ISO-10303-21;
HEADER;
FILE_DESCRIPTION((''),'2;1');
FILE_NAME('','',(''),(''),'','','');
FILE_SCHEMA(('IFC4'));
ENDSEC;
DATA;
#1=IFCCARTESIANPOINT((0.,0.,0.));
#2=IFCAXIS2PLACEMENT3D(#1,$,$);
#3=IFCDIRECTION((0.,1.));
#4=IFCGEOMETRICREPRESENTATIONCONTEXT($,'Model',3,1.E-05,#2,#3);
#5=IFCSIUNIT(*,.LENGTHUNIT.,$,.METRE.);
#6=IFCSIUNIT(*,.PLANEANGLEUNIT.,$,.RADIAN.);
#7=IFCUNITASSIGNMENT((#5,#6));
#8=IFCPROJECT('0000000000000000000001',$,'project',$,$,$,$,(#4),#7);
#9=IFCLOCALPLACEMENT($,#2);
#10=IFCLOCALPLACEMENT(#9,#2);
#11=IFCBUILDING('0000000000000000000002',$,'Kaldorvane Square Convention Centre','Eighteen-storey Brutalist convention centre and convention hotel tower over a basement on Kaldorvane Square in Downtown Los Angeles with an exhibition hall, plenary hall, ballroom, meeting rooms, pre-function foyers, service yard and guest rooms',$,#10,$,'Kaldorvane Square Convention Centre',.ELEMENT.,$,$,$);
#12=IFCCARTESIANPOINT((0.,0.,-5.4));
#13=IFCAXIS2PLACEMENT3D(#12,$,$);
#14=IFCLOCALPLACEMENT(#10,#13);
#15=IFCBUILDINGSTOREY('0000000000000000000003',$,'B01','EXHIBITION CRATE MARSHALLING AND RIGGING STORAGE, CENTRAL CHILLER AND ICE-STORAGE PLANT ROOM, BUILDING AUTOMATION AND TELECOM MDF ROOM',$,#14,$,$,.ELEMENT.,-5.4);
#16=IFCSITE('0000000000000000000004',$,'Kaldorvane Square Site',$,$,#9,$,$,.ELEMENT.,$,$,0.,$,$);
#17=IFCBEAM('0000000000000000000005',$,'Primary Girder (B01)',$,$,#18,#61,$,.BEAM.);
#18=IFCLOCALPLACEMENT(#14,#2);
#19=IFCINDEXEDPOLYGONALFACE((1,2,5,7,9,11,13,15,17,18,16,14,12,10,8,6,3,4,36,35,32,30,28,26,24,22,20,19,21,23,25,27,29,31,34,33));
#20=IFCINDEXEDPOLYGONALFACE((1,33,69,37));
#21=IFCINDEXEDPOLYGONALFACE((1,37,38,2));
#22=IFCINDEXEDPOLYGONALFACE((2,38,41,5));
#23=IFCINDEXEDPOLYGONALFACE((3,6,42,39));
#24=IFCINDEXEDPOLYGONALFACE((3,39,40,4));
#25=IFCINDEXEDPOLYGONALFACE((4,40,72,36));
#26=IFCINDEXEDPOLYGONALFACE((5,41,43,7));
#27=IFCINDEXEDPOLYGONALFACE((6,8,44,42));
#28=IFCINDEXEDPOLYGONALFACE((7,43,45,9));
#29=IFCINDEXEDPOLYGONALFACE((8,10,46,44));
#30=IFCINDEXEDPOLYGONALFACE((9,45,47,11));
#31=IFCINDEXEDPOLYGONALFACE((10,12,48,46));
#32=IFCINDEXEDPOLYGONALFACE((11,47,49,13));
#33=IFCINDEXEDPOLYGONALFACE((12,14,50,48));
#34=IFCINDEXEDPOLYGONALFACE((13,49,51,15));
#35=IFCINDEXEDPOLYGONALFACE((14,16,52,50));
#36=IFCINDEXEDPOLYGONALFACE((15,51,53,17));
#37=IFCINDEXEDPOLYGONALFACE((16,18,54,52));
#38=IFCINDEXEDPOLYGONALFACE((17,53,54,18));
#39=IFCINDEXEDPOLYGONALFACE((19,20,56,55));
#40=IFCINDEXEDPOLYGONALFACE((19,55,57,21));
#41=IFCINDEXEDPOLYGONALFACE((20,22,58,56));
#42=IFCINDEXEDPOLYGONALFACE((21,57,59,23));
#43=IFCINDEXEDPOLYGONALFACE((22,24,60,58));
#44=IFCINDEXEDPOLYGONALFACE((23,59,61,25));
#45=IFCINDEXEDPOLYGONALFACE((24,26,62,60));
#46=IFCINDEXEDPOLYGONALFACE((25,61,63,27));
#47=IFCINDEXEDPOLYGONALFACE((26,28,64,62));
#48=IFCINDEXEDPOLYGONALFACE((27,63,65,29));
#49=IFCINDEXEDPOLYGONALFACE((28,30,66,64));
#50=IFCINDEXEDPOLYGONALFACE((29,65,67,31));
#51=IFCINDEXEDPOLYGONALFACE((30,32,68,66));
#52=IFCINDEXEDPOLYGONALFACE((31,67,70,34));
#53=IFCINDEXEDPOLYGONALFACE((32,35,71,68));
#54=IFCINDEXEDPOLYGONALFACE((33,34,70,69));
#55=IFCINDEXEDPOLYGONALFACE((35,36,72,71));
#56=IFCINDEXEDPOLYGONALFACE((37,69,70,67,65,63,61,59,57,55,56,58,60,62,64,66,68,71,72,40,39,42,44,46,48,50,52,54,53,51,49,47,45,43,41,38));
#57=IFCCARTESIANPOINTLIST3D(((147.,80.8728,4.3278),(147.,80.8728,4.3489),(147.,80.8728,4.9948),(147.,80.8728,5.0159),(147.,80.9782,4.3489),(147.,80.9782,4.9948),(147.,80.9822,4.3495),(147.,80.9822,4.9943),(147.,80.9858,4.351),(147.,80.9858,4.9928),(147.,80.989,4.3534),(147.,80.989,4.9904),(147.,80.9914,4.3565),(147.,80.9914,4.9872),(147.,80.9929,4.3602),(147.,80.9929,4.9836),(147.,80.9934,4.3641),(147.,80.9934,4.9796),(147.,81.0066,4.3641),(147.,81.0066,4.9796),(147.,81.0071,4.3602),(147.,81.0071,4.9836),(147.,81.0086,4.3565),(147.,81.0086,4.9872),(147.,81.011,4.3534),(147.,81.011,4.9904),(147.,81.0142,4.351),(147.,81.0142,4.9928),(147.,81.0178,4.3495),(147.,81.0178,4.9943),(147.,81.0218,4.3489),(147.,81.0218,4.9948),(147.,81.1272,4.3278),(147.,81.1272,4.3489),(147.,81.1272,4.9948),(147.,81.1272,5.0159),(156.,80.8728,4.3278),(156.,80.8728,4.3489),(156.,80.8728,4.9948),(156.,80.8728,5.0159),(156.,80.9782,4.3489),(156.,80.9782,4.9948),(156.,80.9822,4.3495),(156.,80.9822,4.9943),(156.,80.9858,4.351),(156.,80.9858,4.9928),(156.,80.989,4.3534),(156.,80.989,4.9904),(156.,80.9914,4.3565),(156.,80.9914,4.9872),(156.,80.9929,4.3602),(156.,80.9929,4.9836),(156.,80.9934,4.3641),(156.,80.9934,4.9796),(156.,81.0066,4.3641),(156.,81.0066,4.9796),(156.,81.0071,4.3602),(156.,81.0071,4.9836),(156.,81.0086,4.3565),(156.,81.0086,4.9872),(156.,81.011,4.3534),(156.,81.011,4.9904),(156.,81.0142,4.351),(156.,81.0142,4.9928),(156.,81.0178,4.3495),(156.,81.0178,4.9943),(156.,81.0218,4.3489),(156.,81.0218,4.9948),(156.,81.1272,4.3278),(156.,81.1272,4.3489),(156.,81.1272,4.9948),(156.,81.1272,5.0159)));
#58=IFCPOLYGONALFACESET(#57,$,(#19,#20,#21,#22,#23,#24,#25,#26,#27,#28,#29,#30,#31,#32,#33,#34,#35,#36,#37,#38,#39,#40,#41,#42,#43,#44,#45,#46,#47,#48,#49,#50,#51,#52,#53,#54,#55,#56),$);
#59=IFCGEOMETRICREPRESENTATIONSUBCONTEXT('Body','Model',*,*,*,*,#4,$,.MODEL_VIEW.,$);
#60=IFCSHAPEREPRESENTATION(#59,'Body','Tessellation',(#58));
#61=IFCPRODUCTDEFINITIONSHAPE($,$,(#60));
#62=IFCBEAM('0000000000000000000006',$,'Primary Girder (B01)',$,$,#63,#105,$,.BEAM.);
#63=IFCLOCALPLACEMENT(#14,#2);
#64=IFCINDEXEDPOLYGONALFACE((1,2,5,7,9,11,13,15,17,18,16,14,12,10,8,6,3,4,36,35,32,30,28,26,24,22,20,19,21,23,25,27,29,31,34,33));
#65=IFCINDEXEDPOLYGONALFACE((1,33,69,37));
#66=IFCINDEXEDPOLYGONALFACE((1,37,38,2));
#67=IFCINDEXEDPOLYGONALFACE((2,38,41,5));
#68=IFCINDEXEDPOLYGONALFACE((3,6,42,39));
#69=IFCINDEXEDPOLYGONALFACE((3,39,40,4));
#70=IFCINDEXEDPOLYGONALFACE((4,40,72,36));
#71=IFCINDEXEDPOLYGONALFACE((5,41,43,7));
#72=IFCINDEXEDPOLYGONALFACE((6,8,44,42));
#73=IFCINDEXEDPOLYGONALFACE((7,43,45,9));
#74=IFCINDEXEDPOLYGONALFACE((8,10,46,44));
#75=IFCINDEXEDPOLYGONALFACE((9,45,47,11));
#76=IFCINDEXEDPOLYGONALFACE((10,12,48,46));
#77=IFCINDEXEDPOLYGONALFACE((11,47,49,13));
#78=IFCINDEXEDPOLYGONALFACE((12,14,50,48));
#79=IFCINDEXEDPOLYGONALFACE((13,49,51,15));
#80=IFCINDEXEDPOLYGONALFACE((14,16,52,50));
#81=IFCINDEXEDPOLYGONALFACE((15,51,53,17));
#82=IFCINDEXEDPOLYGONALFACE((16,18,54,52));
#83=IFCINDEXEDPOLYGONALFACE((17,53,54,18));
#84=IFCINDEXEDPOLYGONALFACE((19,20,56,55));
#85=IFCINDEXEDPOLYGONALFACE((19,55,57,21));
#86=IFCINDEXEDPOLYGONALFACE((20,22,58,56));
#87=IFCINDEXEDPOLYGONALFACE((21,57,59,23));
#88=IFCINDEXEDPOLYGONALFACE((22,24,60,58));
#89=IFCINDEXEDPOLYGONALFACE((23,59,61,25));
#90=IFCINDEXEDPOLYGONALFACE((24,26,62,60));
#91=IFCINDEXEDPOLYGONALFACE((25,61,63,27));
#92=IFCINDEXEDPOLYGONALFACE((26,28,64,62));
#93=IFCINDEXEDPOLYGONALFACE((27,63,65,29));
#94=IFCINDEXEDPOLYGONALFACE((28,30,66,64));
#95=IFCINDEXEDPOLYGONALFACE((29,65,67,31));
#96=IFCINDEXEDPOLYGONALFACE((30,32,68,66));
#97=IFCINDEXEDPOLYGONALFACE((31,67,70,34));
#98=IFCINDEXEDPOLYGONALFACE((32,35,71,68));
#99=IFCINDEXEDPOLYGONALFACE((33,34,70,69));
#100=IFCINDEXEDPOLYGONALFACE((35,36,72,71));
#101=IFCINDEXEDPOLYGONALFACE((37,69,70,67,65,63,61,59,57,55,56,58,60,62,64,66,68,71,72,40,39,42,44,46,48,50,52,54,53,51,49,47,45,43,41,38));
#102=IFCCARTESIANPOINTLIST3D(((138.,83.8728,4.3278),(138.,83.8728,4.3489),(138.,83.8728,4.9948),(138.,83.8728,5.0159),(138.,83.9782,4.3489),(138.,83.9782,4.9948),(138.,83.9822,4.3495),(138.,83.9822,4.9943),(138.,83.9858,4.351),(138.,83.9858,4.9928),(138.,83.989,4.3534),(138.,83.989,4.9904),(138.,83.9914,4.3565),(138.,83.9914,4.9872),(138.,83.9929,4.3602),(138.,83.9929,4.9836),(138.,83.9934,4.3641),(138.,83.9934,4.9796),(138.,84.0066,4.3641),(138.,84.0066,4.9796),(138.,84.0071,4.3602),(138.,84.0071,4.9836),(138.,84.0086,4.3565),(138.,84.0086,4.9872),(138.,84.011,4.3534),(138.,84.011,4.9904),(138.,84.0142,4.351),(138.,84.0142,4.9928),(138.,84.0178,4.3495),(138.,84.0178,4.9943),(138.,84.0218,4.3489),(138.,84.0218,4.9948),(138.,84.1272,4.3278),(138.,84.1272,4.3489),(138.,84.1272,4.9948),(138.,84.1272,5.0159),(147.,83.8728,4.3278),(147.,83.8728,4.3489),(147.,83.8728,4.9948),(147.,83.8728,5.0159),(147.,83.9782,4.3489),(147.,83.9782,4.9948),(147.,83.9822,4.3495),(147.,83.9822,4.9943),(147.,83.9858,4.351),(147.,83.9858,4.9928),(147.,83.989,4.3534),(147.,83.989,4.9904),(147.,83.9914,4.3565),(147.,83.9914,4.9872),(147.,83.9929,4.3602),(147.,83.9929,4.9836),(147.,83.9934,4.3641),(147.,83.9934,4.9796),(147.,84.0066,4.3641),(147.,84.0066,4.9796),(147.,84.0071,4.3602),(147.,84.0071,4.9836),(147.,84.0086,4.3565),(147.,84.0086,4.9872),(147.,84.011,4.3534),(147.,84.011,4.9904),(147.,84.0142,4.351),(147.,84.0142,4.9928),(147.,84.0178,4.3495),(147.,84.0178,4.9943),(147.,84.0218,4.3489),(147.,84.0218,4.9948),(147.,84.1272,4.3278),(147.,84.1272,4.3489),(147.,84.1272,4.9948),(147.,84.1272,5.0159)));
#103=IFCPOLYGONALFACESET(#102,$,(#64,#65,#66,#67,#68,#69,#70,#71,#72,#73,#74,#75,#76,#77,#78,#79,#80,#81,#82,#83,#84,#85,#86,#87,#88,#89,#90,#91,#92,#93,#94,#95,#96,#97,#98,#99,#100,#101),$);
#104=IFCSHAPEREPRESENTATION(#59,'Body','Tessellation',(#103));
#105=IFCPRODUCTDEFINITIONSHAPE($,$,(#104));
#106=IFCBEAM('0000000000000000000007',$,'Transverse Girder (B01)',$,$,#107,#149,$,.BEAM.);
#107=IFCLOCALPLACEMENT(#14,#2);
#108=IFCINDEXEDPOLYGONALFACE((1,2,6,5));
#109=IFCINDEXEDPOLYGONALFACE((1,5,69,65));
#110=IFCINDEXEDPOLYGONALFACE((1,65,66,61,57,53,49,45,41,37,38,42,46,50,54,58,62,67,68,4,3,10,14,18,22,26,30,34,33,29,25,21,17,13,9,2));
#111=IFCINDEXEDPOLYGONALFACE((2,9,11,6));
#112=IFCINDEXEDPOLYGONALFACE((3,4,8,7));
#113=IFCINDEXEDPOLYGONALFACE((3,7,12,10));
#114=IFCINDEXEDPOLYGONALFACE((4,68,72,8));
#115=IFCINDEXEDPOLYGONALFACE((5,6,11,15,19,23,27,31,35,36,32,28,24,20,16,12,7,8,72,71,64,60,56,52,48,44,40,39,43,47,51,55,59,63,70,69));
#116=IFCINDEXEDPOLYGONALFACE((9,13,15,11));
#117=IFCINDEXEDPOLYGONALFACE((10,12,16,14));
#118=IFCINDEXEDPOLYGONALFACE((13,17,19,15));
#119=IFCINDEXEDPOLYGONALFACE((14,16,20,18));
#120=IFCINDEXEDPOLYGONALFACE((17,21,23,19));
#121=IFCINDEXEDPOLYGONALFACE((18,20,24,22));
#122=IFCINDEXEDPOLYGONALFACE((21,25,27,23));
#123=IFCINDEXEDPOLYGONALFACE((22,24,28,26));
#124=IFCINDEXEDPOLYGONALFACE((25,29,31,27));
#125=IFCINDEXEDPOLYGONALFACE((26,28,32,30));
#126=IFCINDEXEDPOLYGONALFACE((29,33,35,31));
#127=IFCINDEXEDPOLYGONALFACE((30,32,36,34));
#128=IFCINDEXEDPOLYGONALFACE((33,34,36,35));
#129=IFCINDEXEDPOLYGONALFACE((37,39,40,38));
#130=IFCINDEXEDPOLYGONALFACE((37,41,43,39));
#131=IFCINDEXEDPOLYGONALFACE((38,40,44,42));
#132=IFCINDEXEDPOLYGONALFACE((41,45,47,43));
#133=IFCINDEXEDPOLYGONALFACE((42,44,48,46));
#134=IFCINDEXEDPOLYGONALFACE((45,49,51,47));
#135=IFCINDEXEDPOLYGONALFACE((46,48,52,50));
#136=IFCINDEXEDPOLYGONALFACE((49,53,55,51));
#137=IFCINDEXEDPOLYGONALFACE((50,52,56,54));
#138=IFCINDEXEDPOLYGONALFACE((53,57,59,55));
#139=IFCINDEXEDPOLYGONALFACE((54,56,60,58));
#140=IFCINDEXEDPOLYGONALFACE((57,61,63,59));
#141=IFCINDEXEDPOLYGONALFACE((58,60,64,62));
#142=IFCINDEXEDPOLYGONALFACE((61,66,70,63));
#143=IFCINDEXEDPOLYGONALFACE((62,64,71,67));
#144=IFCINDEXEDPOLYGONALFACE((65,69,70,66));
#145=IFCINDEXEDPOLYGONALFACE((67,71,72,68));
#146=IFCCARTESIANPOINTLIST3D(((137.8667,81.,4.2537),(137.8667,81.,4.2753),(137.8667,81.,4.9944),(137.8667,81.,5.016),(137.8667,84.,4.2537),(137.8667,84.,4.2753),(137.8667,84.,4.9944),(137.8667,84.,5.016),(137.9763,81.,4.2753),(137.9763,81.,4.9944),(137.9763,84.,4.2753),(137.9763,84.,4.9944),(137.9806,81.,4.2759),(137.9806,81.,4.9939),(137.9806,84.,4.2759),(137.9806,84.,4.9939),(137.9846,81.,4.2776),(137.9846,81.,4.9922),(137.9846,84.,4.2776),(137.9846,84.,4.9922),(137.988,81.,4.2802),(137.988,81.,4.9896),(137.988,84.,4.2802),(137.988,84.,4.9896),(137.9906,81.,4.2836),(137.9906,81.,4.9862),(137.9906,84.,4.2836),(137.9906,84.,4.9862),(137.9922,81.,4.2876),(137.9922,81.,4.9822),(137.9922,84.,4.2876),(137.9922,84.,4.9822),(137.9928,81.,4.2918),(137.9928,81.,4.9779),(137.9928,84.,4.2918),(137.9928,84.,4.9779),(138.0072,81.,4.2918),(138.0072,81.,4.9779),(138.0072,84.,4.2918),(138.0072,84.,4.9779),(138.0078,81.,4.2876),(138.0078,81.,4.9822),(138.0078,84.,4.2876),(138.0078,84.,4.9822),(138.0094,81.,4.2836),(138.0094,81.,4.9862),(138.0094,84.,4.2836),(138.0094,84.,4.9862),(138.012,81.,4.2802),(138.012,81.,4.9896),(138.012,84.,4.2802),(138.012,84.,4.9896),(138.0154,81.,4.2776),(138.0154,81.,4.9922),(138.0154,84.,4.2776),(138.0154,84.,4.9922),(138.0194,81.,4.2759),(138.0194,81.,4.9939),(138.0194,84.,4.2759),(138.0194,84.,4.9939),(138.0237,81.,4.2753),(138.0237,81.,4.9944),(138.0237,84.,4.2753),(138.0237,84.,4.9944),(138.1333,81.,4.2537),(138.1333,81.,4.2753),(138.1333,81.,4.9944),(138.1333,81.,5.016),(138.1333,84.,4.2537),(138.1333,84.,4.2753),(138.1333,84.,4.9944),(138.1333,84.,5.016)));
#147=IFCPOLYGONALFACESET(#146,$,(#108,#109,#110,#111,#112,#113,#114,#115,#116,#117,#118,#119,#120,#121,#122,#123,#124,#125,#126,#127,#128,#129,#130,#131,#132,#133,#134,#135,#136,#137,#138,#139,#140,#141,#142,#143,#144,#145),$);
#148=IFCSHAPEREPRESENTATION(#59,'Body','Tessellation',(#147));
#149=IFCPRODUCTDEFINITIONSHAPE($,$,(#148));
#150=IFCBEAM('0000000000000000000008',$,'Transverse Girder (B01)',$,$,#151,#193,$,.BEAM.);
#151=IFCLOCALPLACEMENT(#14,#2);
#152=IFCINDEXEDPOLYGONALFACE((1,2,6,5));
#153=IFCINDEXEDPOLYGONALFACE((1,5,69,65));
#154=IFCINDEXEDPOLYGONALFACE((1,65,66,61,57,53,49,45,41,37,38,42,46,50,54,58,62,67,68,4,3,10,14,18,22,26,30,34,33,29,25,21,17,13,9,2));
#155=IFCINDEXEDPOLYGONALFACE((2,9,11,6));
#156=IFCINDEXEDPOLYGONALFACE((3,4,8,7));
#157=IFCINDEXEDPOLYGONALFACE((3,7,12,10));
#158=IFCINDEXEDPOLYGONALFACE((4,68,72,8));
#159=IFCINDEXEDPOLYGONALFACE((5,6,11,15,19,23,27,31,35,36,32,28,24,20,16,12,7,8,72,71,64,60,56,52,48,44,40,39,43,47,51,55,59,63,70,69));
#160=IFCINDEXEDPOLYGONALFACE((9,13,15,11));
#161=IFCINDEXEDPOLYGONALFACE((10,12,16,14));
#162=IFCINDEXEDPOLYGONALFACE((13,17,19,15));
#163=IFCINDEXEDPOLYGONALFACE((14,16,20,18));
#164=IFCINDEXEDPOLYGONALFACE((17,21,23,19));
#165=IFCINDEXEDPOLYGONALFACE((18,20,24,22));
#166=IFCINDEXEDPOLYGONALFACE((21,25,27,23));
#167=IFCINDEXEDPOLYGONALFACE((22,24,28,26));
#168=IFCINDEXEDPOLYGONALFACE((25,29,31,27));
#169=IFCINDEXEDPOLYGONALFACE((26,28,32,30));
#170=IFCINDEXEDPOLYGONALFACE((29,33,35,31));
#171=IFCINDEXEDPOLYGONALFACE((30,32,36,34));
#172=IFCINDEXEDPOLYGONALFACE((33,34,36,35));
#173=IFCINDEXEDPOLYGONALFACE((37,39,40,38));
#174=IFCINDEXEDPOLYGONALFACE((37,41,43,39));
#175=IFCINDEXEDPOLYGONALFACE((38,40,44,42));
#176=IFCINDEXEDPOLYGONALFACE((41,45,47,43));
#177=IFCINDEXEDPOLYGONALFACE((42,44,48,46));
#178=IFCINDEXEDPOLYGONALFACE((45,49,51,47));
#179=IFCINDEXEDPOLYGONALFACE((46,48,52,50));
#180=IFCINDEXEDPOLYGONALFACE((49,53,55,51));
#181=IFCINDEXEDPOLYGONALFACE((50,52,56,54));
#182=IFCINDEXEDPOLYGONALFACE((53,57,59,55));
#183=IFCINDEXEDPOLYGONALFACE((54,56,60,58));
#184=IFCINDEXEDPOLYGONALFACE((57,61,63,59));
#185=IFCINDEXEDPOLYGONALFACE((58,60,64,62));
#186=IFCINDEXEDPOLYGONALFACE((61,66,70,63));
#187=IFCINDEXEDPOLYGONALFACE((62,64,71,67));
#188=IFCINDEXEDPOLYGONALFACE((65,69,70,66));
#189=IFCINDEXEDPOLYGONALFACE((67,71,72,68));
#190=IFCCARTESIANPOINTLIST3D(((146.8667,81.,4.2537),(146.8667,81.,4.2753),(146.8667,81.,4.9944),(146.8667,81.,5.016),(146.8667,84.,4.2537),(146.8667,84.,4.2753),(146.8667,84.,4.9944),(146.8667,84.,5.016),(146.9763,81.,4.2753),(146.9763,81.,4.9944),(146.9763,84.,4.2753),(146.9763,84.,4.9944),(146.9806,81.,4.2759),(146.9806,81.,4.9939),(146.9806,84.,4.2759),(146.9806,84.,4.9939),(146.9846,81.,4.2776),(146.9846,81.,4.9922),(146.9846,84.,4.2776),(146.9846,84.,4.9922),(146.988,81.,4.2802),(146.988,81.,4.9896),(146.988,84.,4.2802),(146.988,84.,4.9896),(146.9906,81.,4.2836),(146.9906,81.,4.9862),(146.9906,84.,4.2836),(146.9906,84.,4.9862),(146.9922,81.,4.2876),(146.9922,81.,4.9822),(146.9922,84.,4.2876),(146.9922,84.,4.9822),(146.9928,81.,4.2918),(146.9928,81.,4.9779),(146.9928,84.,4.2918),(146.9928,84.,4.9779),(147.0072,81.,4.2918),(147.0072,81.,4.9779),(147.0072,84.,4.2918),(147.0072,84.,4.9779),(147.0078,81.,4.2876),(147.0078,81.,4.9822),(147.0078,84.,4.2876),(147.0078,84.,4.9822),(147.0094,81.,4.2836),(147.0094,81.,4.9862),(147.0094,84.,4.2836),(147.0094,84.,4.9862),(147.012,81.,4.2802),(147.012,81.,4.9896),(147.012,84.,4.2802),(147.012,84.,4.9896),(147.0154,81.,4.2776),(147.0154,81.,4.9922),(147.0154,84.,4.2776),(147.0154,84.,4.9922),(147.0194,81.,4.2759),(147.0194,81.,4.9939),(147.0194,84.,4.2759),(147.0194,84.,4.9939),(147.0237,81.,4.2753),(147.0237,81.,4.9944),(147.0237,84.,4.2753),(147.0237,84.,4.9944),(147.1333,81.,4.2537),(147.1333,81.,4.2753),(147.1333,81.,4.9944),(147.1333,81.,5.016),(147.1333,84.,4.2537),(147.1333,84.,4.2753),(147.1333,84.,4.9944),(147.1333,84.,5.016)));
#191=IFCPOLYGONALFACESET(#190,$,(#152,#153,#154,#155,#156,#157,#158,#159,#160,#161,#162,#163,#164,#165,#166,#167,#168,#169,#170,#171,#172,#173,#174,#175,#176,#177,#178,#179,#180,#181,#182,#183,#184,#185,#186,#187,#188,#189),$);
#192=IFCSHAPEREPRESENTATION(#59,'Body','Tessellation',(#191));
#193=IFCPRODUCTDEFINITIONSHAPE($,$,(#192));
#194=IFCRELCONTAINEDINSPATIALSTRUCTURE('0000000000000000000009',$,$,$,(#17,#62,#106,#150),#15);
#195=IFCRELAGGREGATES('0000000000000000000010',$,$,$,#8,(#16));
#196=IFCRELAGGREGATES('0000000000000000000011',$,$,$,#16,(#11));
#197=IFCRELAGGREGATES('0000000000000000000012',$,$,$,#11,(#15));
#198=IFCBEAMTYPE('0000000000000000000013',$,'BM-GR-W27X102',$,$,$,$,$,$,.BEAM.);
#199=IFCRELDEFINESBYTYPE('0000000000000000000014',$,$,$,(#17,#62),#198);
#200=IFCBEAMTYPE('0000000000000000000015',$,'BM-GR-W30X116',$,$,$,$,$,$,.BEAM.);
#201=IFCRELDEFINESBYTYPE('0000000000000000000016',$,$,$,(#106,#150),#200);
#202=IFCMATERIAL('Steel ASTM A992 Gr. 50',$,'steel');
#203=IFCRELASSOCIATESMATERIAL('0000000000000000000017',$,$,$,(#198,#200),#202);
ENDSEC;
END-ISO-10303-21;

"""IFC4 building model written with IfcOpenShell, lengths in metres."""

from ifc_helpers import new_model, si_unit, direction, frame, origin, origin_2d, place, context, subcontext, project, spatial, i_section, extrude, material, material_profile, profile_set, type_object, element, save


model = new_model("IFC4")

# Units and contexts
model_context = context("Model", 3, precision=1e-05, world=origin(), true_north=direction((0.0, 1.0)))
body_context = subcontext(model_context, "Body", "Model", "MODEL_VIEW")
ifc_project = project(units=[si_unit("LENGTHUNIT", "METRE"), si_unit("PLANEANGLEUNIT", "RADIAN")], contexts=[model_context])

# Site, building, storey
site_placement = place(None, origin())
site = spatial("IfcSite", under=ifc_project, at=site_placement, Name="Kaldorvane Square Site", CompositionType="ELEMENT", RefElevation=0.0)
building_placement = place(site_placement, origin())
building = spatial("IfcBuilding", under=site, at=building_placement, Name="Kaldorvane Square Convention Centre", Description="Eighteen-storey Brutalist convention centre and convention hotel tower over a basement on Kaldorvane Square in Downtown Los Angeles with an exhibition hall, plenary hall, ballroom, meeting rooms, pre-function foyers, service yard and guest rooms", LongName="Kaldorvane Square Convention Centre", CompositionType="ELEMENT")
storey_placement = place(building_placement, frame((0.0, 0.0, -5.4)))
storey = spatial("IfcBuildingStorey", under=building, at=storey_placement, Name="B01", Description="EXHIBITION CRATE MARSHALLING AND RIGGING STORAGE, CENTRAL CHILLER AND ICE-STORAGE PLANT ROOM, BUILDING AUTOMATION AND TELECOM MDF ROOM", CompositionType="ELEMENT", Elevation=-5.4)

# Shared definitions
ifc_material_1 = material(Name="Steel ASTM A992 Gr. 50", Category="steel")

# Beams
ifc_material_profile_1 = material_profile(ifc_material_1, i_section(OverallWidth=0.2544, OverallDepth=0.6881, WebThickness=0.0131, FlangeThickness=0.0211, FilletRadius=0.0152, at=origin_2d()), Name="W27X102")
ifc_profile_set_1 = profile_set([ifc_material_profile_1], Name="Steel ASTM A992 Gr. 50")
beam_type_1 = type_object("IfcBeamType", Name="BM-GR-W27X102", PredefinedType="BEAM", material=ifc_profile_set_1)
for number, where, z_axis, x_axis, name in (
    (1, (147.0, 81.0, 4.6719), (1.0, 0.0, 0.0), (0.0, 1.0, 0.0), "Primary Girder (B01)"),
    (2, (138.0, 84.0, 4.6719), (1.0, 0.0, 0.0), (0.0, 1.0, 0.0), "Primary Girder (B01)"),
):
    element("IfcBeam", number, at=place(storey_placement, frame(where, z_axis=z_axis, x_axis=x_axis)), inside=storey, type_object=beam_type_1, Name=name, PredefinedType="BEAM", context=body_context, shape_type="SweptSolid", body=[
        extrude(i_section(OverallWidth=0.2544, OverallDepth=0.6881, WebThickness=0.0131, FlangeThickness=0.0211, FilletRadius=0.0152, at=origin_2d()), origin(), (0.0, 0.0, 1.0), 9.0),
    ])
ifc_material_profile_2 = material_profile(ifc_material_1, i_section(OverallWidth=0.2666, OverallDepth=0.7623, WebThickness=0.0144, FlangeThickness=0.0216, FilletRadius=0.0165, at=origin_2d()), Name="W30X116")
ifc_profile_set_2 = profile_set([ifc_material_profile_2], Name="Steel ASTM A992 Gr. 50")
beam_type_2 = type_object("IfcBeamType", Name="BM-GR-W30X116", PredefinedType="BEAM", material=ifc_profile_set_2)
for number, where, z_axis, x_axis, name in (
    (3, (138.0, 81.0, 4.6349), (0.0, 1.0, 0.0), (-1.0, 0.0, 0.0), "Transverse Girder (B01)"),
    (4, (147.0, 81.0, 4.6349), (0.0, 1.0, 0.0), (-1.0, 0.0, 0.0), "Transverse Girder (B01)"),
):
    element("IfcBeam", number, at=place(storey_placement, frame(where, z_axis=z_axis, x_axis=x_axis)), inside=storey, type_object=beam_type_2, Name=name, PredefinedType="BEAM", context=body_context, shape_type="SweptSolid", body=[
        extrude(i_section(OverallWidth=0.2666, OverallDepth=0.7623, WebThickness=0.0144, FlangeThickness=0.0216, FilletRadius=0.0165, at=origin_2d()), origin(), (0.0, 0.0, 1.0), 3.0),
    ])

save(model, "model.ifc")
